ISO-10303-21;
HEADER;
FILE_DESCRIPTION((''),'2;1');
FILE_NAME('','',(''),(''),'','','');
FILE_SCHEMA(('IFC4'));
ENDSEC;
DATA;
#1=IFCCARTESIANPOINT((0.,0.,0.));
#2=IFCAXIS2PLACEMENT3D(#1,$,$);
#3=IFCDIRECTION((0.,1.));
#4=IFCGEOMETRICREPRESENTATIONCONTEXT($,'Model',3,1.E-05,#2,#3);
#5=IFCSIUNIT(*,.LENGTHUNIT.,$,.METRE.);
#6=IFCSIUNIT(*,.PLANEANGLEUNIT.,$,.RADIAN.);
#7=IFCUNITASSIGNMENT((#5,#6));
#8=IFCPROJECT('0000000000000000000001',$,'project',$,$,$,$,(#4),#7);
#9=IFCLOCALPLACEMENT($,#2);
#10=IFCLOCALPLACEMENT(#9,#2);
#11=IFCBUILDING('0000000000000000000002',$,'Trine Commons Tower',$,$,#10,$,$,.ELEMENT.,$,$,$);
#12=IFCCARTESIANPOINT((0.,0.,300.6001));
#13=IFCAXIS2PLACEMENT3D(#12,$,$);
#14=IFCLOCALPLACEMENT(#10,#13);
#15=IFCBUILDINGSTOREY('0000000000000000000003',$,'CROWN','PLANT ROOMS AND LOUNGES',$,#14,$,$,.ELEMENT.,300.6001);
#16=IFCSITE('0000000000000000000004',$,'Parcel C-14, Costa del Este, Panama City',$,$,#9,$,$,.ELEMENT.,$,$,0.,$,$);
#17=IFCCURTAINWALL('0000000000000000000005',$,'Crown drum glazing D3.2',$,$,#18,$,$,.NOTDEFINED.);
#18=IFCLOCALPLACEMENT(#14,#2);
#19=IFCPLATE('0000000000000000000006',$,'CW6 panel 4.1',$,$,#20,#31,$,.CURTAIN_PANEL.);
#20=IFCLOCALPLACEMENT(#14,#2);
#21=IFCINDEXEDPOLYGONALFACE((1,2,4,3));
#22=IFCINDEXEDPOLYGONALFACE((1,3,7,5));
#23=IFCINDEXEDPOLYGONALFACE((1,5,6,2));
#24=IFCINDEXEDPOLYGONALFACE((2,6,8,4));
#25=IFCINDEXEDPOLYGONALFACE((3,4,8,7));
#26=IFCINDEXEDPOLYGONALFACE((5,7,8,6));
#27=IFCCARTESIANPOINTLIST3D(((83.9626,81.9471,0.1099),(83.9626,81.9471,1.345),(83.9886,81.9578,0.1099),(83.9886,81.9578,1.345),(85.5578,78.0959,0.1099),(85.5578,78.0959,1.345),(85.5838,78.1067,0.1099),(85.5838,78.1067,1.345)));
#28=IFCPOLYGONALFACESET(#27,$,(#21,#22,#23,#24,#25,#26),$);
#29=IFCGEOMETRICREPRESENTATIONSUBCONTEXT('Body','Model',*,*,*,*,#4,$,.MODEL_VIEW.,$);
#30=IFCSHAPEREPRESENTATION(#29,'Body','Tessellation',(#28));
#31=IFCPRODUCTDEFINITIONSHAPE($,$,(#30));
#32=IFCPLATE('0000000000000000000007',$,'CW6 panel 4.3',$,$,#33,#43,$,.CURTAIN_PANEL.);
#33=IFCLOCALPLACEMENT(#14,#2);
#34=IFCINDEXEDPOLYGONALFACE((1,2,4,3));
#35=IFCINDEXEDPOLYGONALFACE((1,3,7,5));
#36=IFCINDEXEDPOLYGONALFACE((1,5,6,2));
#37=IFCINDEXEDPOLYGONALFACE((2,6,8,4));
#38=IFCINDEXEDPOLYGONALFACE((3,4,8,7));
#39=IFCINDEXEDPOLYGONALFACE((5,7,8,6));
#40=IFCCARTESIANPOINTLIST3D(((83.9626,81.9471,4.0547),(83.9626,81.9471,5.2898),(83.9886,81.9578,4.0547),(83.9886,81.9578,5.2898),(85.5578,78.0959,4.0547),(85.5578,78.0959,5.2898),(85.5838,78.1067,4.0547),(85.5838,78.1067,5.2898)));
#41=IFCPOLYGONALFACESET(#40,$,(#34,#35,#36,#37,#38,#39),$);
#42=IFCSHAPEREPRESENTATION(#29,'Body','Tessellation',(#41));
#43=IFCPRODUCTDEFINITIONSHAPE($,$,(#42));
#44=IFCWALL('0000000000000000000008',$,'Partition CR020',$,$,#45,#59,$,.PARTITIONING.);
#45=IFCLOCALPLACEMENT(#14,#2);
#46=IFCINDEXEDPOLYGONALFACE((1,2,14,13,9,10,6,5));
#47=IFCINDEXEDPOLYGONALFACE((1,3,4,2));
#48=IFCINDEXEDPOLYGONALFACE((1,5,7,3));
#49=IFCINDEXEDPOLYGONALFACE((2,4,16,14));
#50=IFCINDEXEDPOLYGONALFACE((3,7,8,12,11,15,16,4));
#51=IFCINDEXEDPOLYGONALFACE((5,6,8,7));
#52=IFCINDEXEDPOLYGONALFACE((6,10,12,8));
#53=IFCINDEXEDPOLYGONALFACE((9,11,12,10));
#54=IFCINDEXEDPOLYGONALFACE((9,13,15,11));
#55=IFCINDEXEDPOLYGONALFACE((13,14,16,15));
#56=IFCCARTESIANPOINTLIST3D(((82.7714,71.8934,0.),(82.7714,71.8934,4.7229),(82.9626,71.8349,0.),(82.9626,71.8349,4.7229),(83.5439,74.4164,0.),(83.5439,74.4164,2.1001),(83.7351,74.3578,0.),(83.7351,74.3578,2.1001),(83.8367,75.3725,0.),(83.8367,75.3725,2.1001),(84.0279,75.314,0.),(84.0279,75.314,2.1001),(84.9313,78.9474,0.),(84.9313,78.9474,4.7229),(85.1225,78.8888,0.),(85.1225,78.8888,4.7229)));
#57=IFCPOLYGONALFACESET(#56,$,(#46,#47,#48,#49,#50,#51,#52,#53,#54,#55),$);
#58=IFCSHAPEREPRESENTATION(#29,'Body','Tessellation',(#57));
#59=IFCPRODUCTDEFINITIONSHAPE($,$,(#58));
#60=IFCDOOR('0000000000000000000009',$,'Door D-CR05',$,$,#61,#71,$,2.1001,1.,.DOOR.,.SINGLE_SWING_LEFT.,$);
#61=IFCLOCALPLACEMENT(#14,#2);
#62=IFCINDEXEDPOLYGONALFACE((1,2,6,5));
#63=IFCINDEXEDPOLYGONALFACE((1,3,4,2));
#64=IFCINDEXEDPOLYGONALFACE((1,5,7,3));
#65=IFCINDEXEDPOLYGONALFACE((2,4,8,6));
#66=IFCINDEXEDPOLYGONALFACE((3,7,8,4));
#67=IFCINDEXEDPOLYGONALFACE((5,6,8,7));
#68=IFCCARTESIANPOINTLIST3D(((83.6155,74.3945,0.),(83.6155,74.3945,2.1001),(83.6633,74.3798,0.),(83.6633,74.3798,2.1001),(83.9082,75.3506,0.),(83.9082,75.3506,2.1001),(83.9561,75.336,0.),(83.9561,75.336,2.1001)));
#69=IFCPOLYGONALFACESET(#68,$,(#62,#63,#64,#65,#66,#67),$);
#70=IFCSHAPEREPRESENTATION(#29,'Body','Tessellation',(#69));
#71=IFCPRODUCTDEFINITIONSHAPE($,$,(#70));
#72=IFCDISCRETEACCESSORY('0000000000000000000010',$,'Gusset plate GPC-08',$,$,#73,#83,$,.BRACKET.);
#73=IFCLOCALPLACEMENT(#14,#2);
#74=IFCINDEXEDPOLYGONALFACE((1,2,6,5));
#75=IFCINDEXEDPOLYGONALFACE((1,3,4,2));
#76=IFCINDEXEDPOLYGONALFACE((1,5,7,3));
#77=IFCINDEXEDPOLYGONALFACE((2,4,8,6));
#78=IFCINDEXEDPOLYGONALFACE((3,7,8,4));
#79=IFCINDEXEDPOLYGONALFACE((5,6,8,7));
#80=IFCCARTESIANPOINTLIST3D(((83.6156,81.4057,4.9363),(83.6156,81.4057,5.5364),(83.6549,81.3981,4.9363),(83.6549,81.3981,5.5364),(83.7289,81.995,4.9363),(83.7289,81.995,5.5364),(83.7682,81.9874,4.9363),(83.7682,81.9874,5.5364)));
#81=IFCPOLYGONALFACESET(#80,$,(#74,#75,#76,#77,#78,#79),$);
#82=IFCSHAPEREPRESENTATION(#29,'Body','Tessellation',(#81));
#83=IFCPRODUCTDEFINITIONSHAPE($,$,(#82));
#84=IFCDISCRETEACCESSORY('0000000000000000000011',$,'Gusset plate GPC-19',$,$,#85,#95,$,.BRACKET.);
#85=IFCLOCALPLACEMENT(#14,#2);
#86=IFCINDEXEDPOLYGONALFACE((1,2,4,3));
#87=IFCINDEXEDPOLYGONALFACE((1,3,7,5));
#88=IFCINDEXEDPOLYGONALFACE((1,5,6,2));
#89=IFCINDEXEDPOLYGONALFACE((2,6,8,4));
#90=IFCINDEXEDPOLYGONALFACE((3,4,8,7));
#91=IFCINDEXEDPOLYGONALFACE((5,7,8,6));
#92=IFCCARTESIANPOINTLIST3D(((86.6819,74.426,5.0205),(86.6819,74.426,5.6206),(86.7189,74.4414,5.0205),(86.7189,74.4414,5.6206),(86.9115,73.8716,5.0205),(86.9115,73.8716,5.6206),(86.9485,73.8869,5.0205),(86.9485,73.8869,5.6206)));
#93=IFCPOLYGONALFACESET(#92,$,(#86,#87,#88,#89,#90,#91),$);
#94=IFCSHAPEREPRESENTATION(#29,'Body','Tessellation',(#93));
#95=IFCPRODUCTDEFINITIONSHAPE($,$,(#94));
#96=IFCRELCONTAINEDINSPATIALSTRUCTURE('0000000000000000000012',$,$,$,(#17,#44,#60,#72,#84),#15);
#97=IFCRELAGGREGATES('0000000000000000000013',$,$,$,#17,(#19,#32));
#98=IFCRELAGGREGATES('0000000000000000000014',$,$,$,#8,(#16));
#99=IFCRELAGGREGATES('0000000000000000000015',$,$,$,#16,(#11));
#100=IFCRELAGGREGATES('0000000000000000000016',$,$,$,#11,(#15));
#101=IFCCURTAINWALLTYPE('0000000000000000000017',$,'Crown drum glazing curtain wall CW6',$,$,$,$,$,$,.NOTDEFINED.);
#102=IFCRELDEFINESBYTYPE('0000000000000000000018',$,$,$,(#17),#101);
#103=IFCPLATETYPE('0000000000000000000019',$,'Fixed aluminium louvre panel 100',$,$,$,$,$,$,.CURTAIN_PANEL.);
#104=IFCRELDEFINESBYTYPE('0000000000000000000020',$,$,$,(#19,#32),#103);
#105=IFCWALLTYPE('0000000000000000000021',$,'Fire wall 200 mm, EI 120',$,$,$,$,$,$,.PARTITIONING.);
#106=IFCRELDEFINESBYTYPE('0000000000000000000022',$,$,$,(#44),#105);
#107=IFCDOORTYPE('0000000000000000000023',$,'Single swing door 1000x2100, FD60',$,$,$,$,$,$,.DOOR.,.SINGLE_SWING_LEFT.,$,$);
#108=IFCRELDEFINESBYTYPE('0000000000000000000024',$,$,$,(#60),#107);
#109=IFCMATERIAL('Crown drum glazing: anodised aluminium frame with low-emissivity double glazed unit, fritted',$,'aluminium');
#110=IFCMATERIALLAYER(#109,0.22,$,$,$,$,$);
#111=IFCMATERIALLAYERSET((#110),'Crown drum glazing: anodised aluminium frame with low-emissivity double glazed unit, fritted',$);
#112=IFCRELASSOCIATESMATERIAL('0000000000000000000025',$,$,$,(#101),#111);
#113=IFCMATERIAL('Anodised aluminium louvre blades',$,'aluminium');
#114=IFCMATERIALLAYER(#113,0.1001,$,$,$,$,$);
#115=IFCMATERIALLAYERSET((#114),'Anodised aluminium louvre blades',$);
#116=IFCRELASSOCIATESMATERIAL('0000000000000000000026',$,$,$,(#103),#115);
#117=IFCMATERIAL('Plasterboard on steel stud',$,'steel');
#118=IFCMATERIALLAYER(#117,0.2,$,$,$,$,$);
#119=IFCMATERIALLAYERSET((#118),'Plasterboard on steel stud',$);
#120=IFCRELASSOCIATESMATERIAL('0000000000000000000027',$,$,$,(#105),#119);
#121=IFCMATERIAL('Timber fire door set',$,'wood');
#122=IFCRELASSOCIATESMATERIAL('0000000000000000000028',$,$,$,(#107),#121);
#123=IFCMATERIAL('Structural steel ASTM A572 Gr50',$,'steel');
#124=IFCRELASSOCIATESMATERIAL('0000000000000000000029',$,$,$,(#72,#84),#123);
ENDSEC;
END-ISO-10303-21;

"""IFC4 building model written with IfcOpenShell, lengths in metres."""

from ifc_helpers import new_model, si_unit, direction, frame, frame_2d, origin, origin_2d, place, context, subcontext, project, spatial, rectangle, extrude, material, layer, layer_set, type_object, element, fill, aggregate, save


model = new_model("IFC4")

# Units and contexts
model_context = context("Model", 3, precision=1e-05, world=origin(), true_north=direction((0.0, 1.0)))
body_context = subcontext(model_context, "Body", "Model", "MODEL_VIEW")
ifc_project = project(units=[si_unit("LENGTHUNIT", "METRE"), si_unit("PLANEANGLEUNIT", "RADIAN")], contexts=[model_context])

# Site, building, storey
site_placement = place(None, origin())
site = spatial("IfcSite", under=ifc_project, at=site_placement, Name="Parcel C-14, Costa del Este, Panama City", CompositionType="ELEMENT", RefElevation=0.0)
building_placement = place(site_placement, origin())
building = spatial("IfcBuilding", under=site, at=building_placement, Name="Trine Commons Tower", CompositionType="ELEMENT")
storey_placement = place(building_placement, frame((0.0, 0.0, 300.6001)))
storey = spatial("IfcBuildingStorey", under=building, at=storey_placement, Name="CROWN", Description="PLANT ROOMS AND LOUNGES", CompositionType="ELEMENT", Elevation=300.6001)

# Curtain wall
ifc_material_1 = material(Name="Crown drum glazing: anodised aluminium frame with low-emissivity double glazed unit, fritted", Category="aluminium")
ifc_layer_1 = layer(ifc_material_1, 0.22)
ifc_layer_set_1 = layer_set([ifc_layer_1], Name="Crown drum glazing: anodised aluminium frame with low-emissivity double glazed unit, fritted")
curtain_wall_type = type_object("IfcCurtainWallType", Name="Crown drum glazing curtain wall CW6", PredefinedType="NOTDEFINED", material=ifc_layer_set_1)
curtain_wall_placement = place(storey_placement, origin())
curtain_wall = element("IfcCurtainWall", 1, at=curtain_wall_placement, inside=storey, type_object=curtain_wall_type, Name="Crown drum glazing D3.2", PredefinedType="NOTDEFINED")

# Plates
ifc_material_2 = material(Name="Anodised aluminium louvre blades", Category="aluminium")
ifc_layer_2 = layer(ifc_material_2, 0.1001)
ifc_layer_set_2 = layer_set([ifc_layer_2], Name="Anodised aluminium louvre blades")
plate_type_1 = type_object("IfcPlateType", Name="Fixed aluminium louvre panel 100", PredefinedType="CURTAIN_PANEL", material=ifc_layer_set_2)
plate_1_placement = place(storey_placement, frame((84.7732, 80.0269, 0.1099), z_axis=(0.0, 0.0, 1.0), x_axis=(-0.382683, 0.92388, 0.0)))
plate_1 = element("IfcPlate", 2, at=plate_1_placement, type_object=plate_type_1, Name="CW6 panel 4.1", PredefinedType="CURTAIN_PANEL", context=body_context, shape_type="SweptSolid", body=[
    extrude(rectangle(XDim=4.1685, YDim=0.0281, at=origin_2d()), origin(), (0.0, 0.0, 1.0), 1.2351),
])
plate_2_placement = place(storey_placement, frame((84.7732, 80.0269, 4.0547), z_axis=(0.0, 0.0, 1.0), x_axis=(-0.382683, 0.92388, 0.0)))
plate_2 = element("IfcPlate", 3, at=plate_2_placement, type_object=plate_type_1, Name="CW6 panel 4.3", PredefinedType="CURTAIN_PANEL", context=body_context, shape_type="SweptSolid", body=[
    extrude(rectangle(XDim=4.1685, YDim=0.0281, at=origin_2d()), origin(), (0.0, 0.0, 1.0), 1.2351),
])
aggregate(curtain_wall, [plate_1, plate_2])

# Wall, opening, door
ifc_material_3 = material(Name="Plasterboard on steel stud", Category="steel")
ifc_layer_3 = layer(ifc_material_3, 0.2)
ifc_layer_set_3 = layer_set([ifc_layer_3], Name="Plasterboard on steel stud")
wall_type = type_object("IfcWallType", Name="Fire wall 200 mm, EI 120", PredefinedType="PARTITIONING", material=ifc_layer_set_3)
wall_placement = place(storey_placement, frame((85.0269, 78.918, 0.0), z_axis=(0.0, 0.0, 1.0), x_axis=(-0.292781, -0.95618, 0.0)))
wall = element("IfcWall", 4, at=wall_placement, inside=storey, type_object=wall_type, Name="Partition CR020", PredefinedType="PARTITIONING", context=body_context, shape_type="SweptSolid", body=[
    extrude(rectangle(XDim=7.3772, YDim=0.2, at=frame_2d((3.6885, 0.0))), origin(), (0.0, 0.0, 1.0), 4.7229),
])
opening_placement = place(wall_placement, frame((3.7385, 0.0, 0.0)))
opening = element("IfcOpeningElement", 5, at=opening_placement, cuts=wall, PredefinedType="OPENING", context=body_context, shape_type="SweptSolid", body=[
    extrude(rectangle(XDim=1.0, YDim=2.1001, at=frame_2d((0.5, 1.05))), frame((0.0, 0.1099, 0.0), z_axis=(0.0, -1.0, 0.0), x_axis=(1.0, 0.0, 0.0)), (0.0, 0.0, 1.0), 0.22),
])
ifc_material_4 = material(Name="Timber fire door set", Category="wood")
door_type = type_object("IfcDoorType", Name="Single swing door 1000x2100, FD60", OperationType="SINGLE_SWING_LEFT", PredefinedType="DOOR", material=ifc_material_4)
door_placement = place(opening_placement, origin())
door = element("IfcDoor", 6, at=door_placement, inside=storey, type_object=door_type, Name="Door D-CR05", OperationType="SINGLE_SWING_LEFT", OverallHeight=2.1001, OverallWidth=1.0, PredefinedType="DOOR", context=body_context, shape_type="SweptSolid", body=[
    extrude(rectangle(XDim=1.0, YDim=2.1001, at=frame_2d((0.5, 1.05))), frame((0.0, 0.0249, 0.0), z_axis=(0.0, -1.0, 0.0), x_axis=(1.0, 0.0, 0.0)), (0.0, 0.0, 1.0), 0.05),
])
fill(opening, door)

# Discrete accessories
ifc_material_5 = material(Name="Structural steel ASTM A572 Gr50", Category="steel")
for number, where, z_axis, x_axis, name in (
    (7, (83.6919, 81.6965, 4.9363), (0.0, 0.0, 1.0), (0.188861, 0.982004, 0.0), "Gusset plate GPC-08"),
    (8, (86.8152, 74.1565, 5.0205), (0.0, 0.0, 1.0), (0.382687, -0.923878, 0.0), "Gusset plate GPC-19"),
):
    element("IfcDiscreteAccessory", number, at=place(storey_placement, frame(where, z_axis=z_axis, x_axis=x_axis)), inside=storey, material=ifc_material_5, Name=name, PredefinedType="BRACKET", context=body_context, shape_type="SweptSolid", body=[
        extrude(rectangle(XDim=0.6001, YDim=0.04, at=origin_2d()), origin(), (0.0, 0.0, 1.0), 0.6001),
    ])

save(model, "model.ifc")
